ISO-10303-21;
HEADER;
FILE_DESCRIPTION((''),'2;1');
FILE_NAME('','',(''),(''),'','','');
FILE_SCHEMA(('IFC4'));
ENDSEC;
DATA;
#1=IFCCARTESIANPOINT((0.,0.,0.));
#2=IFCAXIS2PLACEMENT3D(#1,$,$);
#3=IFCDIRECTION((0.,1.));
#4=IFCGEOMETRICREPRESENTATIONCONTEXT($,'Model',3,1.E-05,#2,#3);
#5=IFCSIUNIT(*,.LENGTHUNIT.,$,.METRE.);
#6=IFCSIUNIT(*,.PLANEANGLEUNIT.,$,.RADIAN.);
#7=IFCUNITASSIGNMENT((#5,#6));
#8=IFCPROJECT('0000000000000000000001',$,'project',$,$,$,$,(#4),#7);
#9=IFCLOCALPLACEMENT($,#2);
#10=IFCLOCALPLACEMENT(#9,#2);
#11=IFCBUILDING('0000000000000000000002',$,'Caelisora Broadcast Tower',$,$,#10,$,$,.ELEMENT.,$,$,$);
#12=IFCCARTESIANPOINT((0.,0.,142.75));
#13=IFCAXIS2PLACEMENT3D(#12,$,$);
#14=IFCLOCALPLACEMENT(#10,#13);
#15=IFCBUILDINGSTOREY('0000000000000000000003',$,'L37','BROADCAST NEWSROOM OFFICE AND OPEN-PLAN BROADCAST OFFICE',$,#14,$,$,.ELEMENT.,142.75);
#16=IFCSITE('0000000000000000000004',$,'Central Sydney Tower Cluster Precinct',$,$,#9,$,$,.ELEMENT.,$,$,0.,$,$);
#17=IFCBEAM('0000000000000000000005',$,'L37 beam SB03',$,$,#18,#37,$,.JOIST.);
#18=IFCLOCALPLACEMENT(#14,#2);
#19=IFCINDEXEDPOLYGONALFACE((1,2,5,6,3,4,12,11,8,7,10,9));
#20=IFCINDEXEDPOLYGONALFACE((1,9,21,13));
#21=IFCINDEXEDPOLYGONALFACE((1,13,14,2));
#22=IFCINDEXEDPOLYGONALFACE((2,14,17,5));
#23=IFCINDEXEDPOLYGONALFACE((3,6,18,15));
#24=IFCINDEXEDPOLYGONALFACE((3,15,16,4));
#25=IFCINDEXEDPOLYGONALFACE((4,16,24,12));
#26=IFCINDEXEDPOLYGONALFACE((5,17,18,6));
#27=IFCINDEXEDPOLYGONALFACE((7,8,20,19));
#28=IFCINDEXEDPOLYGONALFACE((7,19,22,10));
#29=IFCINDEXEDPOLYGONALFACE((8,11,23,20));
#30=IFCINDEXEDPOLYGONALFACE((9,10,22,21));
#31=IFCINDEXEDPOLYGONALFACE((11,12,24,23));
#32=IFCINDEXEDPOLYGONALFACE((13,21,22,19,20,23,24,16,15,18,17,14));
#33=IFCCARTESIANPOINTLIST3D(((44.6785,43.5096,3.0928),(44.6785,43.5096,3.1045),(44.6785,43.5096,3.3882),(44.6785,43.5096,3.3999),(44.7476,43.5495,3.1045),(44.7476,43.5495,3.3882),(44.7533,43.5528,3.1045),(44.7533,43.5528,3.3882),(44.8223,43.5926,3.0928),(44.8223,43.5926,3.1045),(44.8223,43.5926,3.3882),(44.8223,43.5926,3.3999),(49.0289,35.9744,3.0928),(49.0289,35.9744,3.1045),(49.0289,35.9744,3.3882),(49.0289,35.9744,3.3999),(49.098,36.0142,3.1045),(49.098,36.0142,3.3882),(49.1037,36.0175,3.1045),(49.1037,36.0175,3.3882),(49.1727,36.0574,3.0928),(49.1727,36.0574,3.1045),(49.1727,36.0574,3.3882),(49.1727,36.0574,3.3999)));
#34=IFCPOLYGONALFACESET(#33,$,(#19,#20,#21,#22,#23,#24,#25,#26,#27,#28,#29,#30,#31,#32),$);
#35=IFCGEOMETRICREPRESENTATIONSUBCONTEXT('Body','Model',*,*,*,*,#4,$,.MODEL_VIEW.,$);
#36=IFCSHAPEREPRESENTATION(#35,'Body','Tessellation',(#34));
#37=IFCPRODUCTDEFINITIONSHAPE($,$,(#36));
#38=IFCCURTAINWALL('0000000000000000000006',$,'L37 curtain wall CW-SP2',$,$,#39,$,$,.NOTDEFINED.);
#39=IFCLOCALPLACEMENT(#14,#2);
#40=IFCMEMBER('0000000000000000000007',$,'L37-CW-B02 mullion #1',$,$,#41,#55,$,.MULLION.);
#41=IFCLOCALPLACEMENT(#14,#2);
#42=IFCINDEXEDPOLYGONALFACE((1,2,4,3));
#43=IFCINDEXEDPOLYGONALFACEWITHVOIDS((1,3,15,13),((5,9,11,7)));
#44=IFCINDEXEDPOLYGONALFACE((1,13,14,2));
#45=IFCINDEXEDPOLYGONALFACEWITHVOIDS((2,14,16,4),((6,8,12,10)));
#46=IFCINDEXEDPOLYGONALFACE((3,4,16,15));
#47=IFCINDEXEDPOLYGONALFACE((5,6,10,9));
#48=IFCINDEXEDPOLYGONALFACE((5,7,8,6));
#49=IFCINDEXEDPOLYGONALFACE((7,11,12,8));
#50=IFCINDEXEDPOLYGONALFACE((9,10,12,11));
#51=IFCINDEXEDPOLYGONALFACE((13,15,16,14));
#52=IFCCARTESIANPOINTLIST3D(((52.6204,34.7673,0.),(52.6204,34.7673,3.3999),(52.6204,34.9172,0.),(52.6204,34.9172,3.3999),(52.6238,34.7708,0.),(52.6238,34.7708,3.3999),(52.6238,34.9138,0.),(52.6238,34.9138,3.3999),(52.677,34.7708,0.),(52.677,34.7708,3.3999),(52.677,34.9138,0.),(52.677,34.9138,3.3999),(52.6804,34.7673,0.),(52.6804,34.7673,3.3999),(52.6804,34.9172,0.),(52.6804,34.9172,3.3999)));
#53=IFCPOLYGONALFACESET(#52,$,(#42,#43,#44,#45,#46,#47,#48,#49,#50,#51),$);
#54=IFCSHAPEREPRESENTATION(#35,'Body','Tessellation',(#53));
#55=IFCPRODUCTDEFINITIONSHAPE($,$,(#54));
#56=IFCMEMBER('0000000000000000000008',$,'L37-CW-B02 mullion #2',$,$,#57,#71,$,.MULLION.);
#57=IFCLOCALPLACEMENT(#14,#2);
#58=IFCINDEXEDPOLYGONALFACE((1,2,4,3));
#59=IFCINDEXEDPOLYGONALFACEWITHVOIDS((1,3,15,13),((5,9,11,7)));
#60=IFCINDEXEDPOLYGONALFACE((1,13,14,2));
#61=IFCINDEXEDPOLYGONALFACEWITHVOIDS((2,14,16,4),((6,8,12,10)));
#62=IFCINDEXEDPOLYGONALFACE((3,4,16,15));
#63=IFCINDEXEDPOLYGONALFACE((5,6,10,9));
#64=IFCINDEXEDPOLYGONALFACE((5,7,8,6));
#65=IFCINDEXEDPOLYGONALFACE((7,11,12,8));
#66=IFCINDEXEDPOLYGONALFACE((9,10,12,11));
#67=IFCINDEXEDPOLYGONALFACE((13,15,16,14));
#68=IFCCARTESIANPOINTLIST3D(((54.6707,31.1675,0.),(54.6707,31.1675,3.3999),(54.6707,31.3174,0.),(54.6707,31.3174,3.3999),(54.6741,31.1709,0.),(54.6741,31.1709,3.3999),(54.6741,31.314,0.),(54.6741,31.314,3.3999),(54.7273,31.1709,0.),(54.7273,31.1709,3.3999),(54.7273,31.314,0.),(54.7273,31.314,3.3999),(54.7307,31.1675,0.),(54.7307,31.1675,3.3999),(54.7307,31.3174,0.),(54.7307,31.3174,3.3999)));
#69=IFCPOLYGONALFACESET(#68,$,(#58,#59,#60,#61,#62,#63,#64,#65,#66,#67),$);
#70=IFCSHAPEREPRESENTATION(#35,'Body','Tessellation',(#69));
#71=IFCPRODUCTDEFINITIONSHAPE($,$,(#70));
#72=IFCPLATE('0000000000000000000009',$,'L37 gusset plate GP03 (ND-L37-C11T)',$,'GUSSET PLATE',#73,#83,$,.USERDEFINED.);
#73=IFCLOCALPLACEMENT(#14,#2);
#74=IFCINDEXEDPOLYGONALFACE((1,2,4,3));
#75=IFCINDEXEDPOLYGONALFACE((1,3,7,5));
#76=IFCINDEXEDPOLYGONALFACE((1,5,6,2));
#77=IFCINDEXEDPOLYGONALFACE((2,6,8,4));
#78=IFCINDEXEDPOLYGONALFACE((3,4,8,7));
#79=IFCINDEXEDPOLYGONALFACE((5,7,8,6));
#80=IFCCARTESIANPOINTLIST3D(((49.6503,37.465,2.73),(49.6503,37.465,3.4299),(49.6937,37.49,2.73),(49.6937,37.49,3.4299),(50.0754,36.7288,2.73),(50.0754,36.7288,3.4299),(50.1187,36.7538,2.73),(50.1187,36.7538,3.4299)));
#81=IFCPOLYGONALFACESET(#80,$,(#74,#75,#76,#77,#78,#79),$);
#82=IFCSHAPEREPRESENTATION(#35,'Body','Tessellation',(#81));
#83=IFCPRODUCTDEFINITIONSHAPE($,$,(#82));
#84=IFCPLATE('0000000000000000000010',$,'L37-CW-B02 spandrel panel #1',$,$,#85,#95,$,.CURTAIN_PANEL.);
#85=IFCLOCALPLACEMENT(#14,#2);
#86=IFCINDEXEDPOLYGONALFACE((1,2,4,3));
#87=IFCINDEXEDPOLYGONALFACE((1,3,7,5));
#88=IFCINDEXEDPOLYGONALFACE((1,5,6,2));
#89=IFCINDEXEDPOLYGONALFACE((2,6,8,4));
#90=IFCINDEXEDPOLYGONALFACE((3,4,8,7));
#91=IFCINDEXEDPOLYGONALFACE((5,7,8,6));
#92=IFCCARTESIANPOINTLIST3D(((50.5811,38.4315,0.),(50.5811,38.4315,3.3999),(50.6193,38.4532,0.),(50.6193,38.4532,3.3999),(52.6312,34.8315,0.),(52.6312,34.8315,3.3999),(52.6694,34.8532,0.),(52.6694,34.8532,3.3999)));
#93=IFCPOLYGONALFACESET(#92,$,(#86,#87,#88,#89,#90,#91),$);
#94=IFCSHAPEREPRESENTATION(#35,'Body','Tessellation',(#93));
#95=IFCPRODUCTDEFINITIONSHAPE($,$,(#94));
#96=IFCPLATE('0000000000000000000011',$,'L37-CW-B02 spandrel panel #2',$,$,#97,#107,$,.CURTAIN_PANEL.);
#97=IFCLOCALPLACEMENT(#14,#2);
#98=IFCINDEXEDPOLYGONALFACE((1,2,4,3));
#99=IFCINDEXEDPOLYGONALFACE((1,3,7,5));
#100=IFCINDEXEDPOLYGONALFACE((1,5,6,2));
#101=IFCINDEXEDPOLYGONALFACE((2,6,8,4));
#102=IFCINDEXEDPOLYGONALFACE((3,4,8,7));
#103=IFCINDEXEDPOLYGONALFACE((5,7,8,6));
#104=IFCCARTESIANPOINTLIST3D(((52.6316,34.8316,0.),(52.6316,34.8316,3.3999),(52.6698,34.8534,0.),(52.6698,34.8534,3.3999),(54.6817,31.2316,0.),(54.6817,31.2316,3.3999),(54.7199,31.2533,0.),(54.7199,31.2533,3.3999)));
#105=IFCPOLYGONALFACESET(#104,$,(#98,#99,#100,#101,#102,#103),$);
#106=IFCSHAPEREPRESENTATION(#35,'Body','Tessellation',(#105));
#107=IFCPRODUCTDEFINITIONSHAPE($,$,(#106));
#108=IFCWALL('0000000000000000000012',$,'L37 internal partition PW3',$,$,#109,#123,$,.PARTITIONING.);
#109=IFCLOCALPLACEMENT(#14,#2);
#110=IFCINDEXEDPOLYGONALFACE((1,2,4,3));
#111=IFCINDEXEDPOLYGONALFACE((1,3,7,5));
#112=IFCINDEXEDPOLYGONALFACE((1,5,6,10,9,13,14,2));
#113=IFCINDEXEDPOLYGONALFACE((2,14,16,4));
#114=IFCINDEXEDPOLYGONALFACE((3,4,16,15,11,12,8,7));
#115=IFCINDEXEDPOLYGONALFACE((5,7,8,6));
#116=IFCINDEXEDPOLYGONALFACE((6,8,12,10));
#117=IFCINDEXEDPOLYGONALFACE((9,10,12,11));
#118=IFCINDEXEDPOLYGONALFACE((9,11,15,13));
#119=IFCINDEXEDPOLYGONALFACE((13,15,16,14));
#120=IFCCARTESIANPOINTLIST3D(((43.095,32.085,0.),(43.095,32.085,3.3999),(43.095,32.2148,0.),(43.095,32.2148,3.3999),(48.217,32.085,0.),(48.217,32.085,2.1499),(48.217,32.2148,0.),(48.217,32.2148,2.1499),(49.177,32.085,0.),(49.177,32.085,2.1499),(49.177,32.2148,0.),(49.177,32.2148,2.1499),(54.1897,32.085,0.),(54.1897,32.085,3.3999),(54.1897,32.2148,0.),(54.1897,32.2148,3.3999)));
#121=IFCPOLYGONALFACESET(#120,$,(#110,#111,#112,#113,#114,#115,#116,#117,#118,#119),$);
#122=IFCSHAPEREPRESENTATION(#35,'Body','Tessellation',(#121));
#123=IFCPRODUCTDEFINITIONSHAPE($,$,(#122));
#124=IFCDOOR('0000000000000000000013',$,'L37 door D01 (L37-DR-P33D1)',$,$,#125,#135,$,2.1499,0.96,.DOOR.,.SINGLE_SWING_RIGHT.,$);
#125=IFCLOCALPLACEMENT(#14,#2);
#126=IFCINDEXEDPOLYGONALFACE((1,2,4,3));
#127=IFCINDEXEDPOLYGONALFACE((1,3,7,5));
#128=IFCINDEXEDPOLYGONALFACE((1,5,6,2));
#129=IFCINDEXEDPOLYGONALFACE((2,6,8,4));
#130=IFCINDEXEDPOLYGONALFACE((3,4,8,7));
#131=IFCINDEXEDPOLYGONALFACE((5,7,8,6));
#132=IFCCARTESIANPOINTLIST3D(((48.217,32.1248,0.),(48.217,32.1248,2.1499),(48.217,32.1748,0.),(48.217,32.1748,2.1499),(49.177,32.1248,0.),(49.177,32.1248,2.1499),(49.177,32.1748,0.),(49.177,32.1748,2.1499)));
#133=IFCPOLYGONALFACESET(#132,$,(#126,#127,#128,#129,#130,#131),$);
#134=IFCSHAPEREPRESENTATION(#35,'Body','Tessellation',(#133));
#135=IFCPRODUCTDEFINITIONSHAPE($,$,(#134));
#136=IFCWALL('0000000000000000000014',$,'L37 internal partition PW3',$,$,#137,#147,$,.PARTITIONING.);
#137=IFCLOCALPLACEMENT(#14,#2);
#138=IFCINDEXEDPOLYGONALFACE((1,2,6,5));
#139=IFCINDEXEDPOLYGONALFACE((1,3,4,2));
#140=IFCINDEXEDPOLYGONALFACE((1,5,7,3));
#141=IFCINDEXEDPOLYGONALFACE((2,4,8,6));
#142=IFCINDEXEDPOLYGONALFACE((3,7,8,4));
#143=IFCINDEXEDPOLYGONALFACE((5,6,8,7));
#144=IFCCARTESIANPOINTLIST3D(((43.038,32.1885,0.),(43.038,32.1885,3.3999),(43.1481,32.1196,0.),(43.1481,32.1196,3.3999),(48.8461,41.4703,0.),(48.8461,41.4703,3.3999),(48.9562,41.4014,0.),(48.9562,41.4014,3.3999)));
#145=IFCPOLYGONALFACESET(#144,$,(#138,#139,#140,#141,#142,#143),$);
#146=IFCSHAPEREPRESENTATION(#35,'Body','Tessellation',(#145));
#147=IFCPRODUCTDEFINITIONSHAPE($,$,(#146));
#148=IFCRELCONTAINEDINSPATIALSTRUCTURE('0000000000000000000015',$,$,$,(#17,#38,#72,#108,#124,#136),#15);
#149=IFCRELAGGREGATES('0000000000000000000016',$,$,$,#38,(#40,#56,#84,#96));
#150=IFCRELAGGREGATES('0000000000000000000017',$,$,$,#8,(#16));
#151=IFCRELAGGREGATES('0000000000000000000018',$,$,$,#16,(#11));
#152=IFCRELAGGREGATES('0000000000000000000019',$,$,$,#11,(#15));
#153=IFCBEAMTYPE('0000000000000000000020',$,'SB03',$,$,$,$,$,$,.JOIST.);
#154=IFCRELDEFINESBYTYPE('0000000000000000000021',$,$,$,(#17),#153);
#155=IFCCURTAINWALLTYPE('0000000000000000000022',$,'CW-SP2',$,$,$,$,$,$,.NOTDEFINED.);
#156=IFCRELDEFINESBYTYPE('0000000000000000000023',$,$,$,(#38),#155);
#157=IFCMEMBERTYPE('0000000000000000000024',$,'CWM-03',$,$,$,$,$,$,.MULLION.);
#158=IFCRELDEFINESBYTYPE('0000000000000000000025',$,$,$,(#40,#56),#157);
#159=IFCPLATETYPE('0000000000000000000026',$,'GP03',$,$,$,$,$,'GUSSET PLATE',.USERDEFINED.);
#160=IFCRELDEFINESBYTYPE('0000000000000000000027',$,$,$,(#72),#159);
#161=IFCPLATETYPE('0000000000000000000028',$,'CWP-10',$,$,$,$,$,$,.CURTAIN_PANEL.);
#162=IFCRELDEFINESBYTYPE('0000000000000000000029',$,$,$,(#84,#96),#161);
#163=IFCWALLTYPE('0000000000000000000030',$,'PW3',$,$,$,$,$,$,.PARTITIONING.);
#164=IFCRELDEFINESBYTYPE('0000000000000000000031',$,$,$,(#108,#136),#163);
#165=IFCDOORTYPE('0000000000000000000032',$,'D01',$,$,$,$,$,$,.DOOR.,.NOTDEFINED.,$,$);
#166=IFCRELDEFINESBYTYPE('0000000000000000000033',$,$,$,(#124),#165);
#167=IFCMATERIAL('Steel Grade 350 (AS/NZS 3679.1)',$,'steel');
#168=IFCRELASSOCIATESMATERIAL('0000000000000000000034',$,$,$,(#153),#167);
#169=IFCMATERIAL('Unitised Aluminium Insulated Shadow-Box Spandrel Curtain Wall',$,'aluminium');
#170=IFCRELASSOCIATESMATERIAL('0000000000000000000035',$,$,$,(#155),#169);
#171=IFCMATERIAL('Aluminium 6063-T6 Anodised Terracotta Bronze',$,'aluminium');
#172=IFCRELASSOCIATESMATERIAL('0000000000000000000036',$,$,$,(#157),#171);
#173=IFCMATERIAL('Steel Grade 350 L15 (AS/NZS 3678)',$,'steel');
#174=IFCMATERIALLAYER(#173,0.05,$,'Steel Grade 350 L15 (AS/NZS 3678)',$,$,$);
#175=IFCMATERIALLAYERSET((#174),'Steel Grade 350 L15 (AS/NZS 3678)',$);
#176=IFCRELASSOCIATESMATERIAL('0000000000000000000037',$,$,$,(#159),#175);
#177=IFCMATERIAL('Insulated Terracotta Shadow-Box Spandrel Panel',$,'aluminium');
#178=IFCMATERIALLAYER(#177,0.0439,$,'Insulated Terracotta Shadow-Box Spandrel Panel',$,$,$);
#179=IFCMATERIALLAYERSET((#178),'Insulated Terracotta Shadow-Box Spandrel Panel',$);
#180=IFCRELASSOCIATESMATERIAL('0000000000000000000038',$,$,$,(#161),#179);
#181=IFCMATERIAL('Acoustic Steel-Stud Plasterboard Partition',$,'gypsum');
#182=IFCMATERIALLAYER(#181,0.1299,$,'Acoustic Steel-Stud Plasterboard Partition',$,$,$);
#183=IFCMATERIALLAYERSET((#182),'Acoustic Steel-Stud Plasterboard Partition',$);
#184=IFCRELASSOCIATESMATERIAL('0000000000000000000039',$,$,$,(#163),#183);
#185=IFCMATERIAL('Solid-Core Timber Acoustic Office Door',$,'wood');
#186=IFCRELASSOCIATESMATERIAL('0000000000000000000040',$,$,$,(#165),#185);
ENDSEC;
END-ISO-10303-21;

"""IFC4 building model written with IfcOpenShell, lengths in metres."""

from ifc_helpers import new_model, si_unit, direction, frame, frame_2d, origin, origin_2d, place, context, subcontext, project, spatial, rectangle, hollow_rectangle, i_section, extrude, source, transform, mapped, material, layer, layer_set, material_profile, profile_set, type_object, type_shapes, element, fill, aggregate, save


model = new_model("IFC4")

# Units and contexts
model_context = context("Model", 3, precision=1e-05, world=origin(), true_north=direction((0.0, 1.0)))
body_context = subcontext(model_context, "Body", "Model", "MODEL_VIEW")
ifc_project = project(units=[si_unit("LENGTHUNIT", "METRE"), si_unit("PLANEANGLEUNIT", "RADIAN")], contexts=[model_context])

# Site, building, storey
site_placement = place(None, origin())
site = spatial("IfcSite", under=ifc_project, at=site_placement, Name="Central Sydney Tower Cluster Precinct", CompositionType="ELEMENT", RefElevation=0.0)
building_placement = place(site_placement, origin())
building = spatial("IfcBuilding", under=site, at=building_placement, Name="Caelisora Broadcast Tower", CompositionType="ELEMENT")
storey_placement = place(building_placement, frame((0.0, 0.0, 142.75)))
storey = spatial("IfcBuildingStorey", under=building, at=storey_placement, Name="L37", Description="BROADCAST NEWSROOM OFFICE AND OPEN-PLAN BROADCAST OFFICE", CompositionType="ELEMENT", Elevation=142.75)

# Shared definitions
ifc_material_1 = material(Name="Steel Grade 350 L15 (AS/NZS 3678)", Category="steel")

# Beam
ifc_material_2 = material(Name="Steel Grade 350 (AS/NZS 3679.1)", Category="steel")
ifc_material_profile_1 = material_profile(ifc_material_2, i_section(OverallWidth=0.166, OverallDepth=0.3071, WebThickness=0.0066, FlangeThickness=0.0117, at=origin_2d()), Name="Steel Grade 350 (AS/NZS 3679.1)")
ifc_profile_set_1 = profile_set([ifc_material_profile_1], Name="Steel Grade 350 (AS/NZS 3679.1)")
beam_type_1 = type_object("IfcBeamType", Name="SB03", PredefinedType="JOIST", material=ifc_profile_set_1)
shared_shape_1 = source(origin(), body_context, "Body", "SweptSolid", [
    extrude(i_section(OverallWidth=0.166, OverallDepth=0.3071, WebThickness=0.0066, FlangeThickness=0.0117, at=origin_2d()), origin(), (0.0, 0.0, 1.0), 8.7009),
])
beam_1_placement = place(storey_placement, frame((49.1008, 36.0159, 3.2463), z_axis=(-0.499993, 0.86603, 0.0), x_axis=(-0.86603, -0.499993, 0.0)))
element("IfcBeam", 1, at=beam_1_placement, inside=storey, type_object=beam_type_1, Name="L37 beam SB03", PredefinedType="JOIST", context=body_context, shape_type="MappedRepresentation", body=[
    mapped(shared_shape_1, transform((0.0, 0.0, 0.0), scale=1.0)),
])

# Curtain wall, members
ifc_material_3 = material(Name="Unitised Aluminium Insulated Shadow-Box Spandrel Curtain Wall", Category="aluminium")
curtain_wall_type = type_object("IfcCurtainWallType", Name="CW-SP2", PredefinedType="NOTDEFINED", material=ifc_material_3)
curtain_wall_placement = place(storey_placement, origin())
curtain_wall = element("IfcCurtainWall", 2, at=curtain_wall_placement, inside=storey, type_object=curtain_wall_type, Name="L37 curtain wall CW-SP2", PredefinedType="NOTDEFINED")
ifc_material_4 = material(Name="Aluminium 6063-T6 Anodised Terracotta Bronze", Category="aluminium")
ifc_material_profile_2 = material_profile(ifc_material_4, hollow_rectangle(XDim=0.0601, YDim=0.1499, WallThickness=0.0034, at=origin_2d()), Name="Aluminium 6063-T6 Anodised Terracotta Bronze")
ifc_profile_set_2 = profile_set([ifc_material_profile_2], Name="Aluminium 6063-T6 Anodised Terracotta Bronze")
member_type = type_object("IfcMemberType", Name="CWM-03", PredefinedType="MULLION", material=ifc_profile_set_2)
shared_shape_2 = source(origin(), body_context, "Body", "SweptSolid", [
    extrude(hollow_rectangle(XDim=0.0601, YDim=0.1499, WallThickness=0.0034, at=origin_2d()), origin(), (0.0, 0.0, 1.0), 3.3999),
])
type_shapes(member_type, [shared_shape_2])
member_1_placement = place(storey_placement, frame((52.6504, 34.8423, 0.0), z_axis=(0.0, 0.0, 1.0), x_axis=(1.0, 0.0, 0.0)))
member_1 = element("IfcMember", 3, at=member_1_placement, type_object=member_type, Name="L37-CW-B02 mullion #1", PredefinedType="MULLION", context=body_context, shape_type="MappedRepresentation", body=[
    mapped(shared_shape_2, transform((0.0, 0.0, 0.0), scale=1.0)),
])
member_2_placement = place(storey_placement, frame((54.7007, 31.2424, 0.0), z_axis=(0.0, 0.0, 1.0), x_axis=(1.0, 0.0, 0.0)))
member_2 = element("IfcMember", 4, at=member_2_placement, type_object=member_type, Name="L37-CW-B02 mullion #2", PredefinedType="MULLION", context=body_context, shape_type="MappedRepresentation", body=[
    mapped(shared_shape_2, transform((0.0, 0.0, 0.0), scale=1.0)),
])

# Plates
ifc_layer_1 = layer(ifc_material_1, 0.05, Name="Steel Grade 350 L15 (AS/NZS 3678)")
ifc_layer_set_1 = layer_set([ifc_layer_1], Name="Steel Grade 350 L15 (AS/NZS 3678)")
plate_type_1 = type_object("IfcPlateType", Name="GP03", ElementType="GUSSET PLATE", PredefinedType="USERDEFINED", material=ifc_layer_set_1)
shared_shape_3 = source(origin(), body_context, "Body", "SweptSolid", [
    extrude(rectangle(XDim=0.8501, YDim=0.05, at=origin_2d()), origin(), (0.0, 0.0, 1.0), 0.7),
])
type_shapes(plate_type_1, [shared_shape_3])
plate_1_placement = place(storey_placement, frame((49.8845, 37.1094, 2.73), z_axis=(0.0, 0.0, 1.0), x_axis=(-0.5, 0.866025, 0.0)))
element("IfcPlate", 5, at=plate_1_placement, inside=storey, type_object=plate_type_1, Name="L37 gusset plate GP03 (ND-L37-C11T)", ObjectType="GUSSET PLATE", PredefinedType="USERDEFINED", context=body_context, shape_type="MappedRepresentation", body=[
    mapped(shared_shape_3, transform((0.0, 0.0, 0.0), scale=1.0)),
])
ifc_material_5 = material(Name="Insulated Terracotta Shadow-Box Spandrel Panel", Category="aluminium")
ifc_layer_2 = layer(ifc_material_5, 0.0439, Name="Insulated Terracotta Shadow-Box Spandrel Panel")
ifc_layer_set_2 = layer_set([ifc_layer_2], Name="Insulated Terracotta Shadow-Box Spandrel Panel")
plate_type_2 = type_object("IfcPlateType", Name="CWP-10", PredefinedType="CURTAIN_PANEL", material=ifc_layer_set_2)
shared_shape_4 = source(origin(), body_context, "Body", "SweptSolid", [
    extrude(rectangle(XDim=4.1428, YDim=0.0439, at=origin_2d()), origin(), (0.0, 0.0, 1.0), 3.3999),
])
type_shapes(plate_type_2, [shared_shape_4])
plate_2_placement = place(storey_placement, frame((51.6252, 36.6423, 0.0), z_axis=(0.0, 0.0, 1.0), x_axis=(0.494852, -0.868977, 0.0)))
plate_2 = element("IfcPlate", 6, at=plate_2_placement, type_object=plate_type_2, Name="L37-CW-B02 spandrel panel #1", PredefinedType="CURTAIN_PANEL", context=body_context, shape_type="MappedRepresentation", body=[
    mapped(shared_shape_4, transform((0.0, 0.0, 0.0), scale=1.0)),
])
plate_3_placement = place(storey_placement, frame((53.6758, 33.0425, 0.0), z_axis=(0.0, 0.0, 1.0), x_axis=(0.494852, -0.868977, 0.0)))
plate_3 = element("IfcPlate", 7, at=plate_3_placement, type_object=plate_type_2, Name="L37-CW-B02 spandrel panel #2", PredefinedType="CURTAIN_PANEL", context=body_context, shape_type="MappedRepresentation", body=[
    mapped(shared_shape_4, transform((0.0, 0.0, 0.0), scale=1.0)),
])
aggregate(curtain_wall, [member_1, member_2, plate_2, plate_3])

# Wall, opening, door
ifc_material_6 = material(Name="Acoustic Steel-Stud Plasterboard Partition", Category="gypsum")
ifc_layer_3 = layer(ifc_material_6, 0.1299, Name="Acoustic Steel-Stud Plasterboard Partition")
ifc_layer_set_3 = layer_set([ifc_layer_3], Name="Acoustic Steel-Stud Plasterboard Partition")
wall_type = type_object("IfcWallType", Name="PW3", PredefinedType="PARTITIONING", material=ifc_layer_set_3)
wall_1_placement = place(storey_placement, frame((43.095, 32.1499, 0.0), z_axis=(0.0, 0.0, 1.0), x_axis=(1.0, 0.0, 0.0)))
wall_1 = element("IfcWall", 8, at=wall_1_placement, inside=storey, type_object=wall_type, Name="L37 internal partition PW3", PredefinedType="PARTITIONING", context=body_context, shape_type="SweptSolid", body=[
    extrude(rectangle(XDim=11.0947, YDim=0.1299, at=frame_2d((5.5474, 0.0))), origin(), (0.0, 0.0, 1.0), 3.3999),
])
opening_1_placement = place(wall_1_placement, frame((5.1221, 0.0, 0.0)))
opening_1 = element("IfcOpeningElement", 9, at=opening_1_placement, cuts=wall_1, PredefinedType="OPENING", context=body_context, shape_type="SweptSolid", body=[
    extrude(rectangle(XDim=0.96, YDim=2.1499, at=frame_2d((0.48, 1.075))), frame((0.0, 0.0769, 0.0), z_axis=(0.0, -1.0, 0.0), x_axis=(1.0, 0.0, 0.0)), (0.0, 0.0, 1.0), 0.1538),
])
ifc_material_7 = material(Name="Solid-Core Timber Acoustic Office Door", Category="wood")
door_type = type_object("IfcDoorType", Name="D01", OperationType="NOTDEFINED", PredefinedType="DOOR", material=ifc_material_7)
door_1_placement = place(opening_1_placement, origin())
door_1 = element("IfcDoor", 10, at=door_1_placement, inside=storey, type_object=door_type, Name="L37 door D01 (L37-DR-P33D1)", OperationType="SINGLE_SWING_RIGHT", OverallHeight=2.1499, OverallWidth=0.96, PredefinedType="DOOR", context=body_context, shape_type="SweptSolid", body=[
    extrude(rectangle(XDim=0.96, YDim=2.1499, at=frame_2d((0.48, 1.075))), frame((0.0, 0.0249, 0.0), z_axis=(0.0, -1.0, 0.0), x_axis=(1.0, 0.0, 0.0)), (0.0, 0.0, 1.0), 0.05),
])
fill(opening_1, door_1)

# Wall
wall_2_placement = place(storey_placement, frame((43.093, 32.1541, 0.0), z_axis=(0.0, 0.0, 1.0), x_axis=(0.53046, 0.84771, 0.0)))
element("IfcWall", 11, at=wall_2_placement, inside=storey, type_object=wall_type, Name="L37 internal partition PW3", PredefinedType="PARTITIONING", context=body_context, shape_type="SweptSolid", body=[
    extrude(rectangle(XDim=10.9492, YDim=0.1299, at=frame_2d((5.4746, 0.0))), origin(), (0.0, 0.0, 1.0), 3.3999),
])

save(model, "model.ifc")
